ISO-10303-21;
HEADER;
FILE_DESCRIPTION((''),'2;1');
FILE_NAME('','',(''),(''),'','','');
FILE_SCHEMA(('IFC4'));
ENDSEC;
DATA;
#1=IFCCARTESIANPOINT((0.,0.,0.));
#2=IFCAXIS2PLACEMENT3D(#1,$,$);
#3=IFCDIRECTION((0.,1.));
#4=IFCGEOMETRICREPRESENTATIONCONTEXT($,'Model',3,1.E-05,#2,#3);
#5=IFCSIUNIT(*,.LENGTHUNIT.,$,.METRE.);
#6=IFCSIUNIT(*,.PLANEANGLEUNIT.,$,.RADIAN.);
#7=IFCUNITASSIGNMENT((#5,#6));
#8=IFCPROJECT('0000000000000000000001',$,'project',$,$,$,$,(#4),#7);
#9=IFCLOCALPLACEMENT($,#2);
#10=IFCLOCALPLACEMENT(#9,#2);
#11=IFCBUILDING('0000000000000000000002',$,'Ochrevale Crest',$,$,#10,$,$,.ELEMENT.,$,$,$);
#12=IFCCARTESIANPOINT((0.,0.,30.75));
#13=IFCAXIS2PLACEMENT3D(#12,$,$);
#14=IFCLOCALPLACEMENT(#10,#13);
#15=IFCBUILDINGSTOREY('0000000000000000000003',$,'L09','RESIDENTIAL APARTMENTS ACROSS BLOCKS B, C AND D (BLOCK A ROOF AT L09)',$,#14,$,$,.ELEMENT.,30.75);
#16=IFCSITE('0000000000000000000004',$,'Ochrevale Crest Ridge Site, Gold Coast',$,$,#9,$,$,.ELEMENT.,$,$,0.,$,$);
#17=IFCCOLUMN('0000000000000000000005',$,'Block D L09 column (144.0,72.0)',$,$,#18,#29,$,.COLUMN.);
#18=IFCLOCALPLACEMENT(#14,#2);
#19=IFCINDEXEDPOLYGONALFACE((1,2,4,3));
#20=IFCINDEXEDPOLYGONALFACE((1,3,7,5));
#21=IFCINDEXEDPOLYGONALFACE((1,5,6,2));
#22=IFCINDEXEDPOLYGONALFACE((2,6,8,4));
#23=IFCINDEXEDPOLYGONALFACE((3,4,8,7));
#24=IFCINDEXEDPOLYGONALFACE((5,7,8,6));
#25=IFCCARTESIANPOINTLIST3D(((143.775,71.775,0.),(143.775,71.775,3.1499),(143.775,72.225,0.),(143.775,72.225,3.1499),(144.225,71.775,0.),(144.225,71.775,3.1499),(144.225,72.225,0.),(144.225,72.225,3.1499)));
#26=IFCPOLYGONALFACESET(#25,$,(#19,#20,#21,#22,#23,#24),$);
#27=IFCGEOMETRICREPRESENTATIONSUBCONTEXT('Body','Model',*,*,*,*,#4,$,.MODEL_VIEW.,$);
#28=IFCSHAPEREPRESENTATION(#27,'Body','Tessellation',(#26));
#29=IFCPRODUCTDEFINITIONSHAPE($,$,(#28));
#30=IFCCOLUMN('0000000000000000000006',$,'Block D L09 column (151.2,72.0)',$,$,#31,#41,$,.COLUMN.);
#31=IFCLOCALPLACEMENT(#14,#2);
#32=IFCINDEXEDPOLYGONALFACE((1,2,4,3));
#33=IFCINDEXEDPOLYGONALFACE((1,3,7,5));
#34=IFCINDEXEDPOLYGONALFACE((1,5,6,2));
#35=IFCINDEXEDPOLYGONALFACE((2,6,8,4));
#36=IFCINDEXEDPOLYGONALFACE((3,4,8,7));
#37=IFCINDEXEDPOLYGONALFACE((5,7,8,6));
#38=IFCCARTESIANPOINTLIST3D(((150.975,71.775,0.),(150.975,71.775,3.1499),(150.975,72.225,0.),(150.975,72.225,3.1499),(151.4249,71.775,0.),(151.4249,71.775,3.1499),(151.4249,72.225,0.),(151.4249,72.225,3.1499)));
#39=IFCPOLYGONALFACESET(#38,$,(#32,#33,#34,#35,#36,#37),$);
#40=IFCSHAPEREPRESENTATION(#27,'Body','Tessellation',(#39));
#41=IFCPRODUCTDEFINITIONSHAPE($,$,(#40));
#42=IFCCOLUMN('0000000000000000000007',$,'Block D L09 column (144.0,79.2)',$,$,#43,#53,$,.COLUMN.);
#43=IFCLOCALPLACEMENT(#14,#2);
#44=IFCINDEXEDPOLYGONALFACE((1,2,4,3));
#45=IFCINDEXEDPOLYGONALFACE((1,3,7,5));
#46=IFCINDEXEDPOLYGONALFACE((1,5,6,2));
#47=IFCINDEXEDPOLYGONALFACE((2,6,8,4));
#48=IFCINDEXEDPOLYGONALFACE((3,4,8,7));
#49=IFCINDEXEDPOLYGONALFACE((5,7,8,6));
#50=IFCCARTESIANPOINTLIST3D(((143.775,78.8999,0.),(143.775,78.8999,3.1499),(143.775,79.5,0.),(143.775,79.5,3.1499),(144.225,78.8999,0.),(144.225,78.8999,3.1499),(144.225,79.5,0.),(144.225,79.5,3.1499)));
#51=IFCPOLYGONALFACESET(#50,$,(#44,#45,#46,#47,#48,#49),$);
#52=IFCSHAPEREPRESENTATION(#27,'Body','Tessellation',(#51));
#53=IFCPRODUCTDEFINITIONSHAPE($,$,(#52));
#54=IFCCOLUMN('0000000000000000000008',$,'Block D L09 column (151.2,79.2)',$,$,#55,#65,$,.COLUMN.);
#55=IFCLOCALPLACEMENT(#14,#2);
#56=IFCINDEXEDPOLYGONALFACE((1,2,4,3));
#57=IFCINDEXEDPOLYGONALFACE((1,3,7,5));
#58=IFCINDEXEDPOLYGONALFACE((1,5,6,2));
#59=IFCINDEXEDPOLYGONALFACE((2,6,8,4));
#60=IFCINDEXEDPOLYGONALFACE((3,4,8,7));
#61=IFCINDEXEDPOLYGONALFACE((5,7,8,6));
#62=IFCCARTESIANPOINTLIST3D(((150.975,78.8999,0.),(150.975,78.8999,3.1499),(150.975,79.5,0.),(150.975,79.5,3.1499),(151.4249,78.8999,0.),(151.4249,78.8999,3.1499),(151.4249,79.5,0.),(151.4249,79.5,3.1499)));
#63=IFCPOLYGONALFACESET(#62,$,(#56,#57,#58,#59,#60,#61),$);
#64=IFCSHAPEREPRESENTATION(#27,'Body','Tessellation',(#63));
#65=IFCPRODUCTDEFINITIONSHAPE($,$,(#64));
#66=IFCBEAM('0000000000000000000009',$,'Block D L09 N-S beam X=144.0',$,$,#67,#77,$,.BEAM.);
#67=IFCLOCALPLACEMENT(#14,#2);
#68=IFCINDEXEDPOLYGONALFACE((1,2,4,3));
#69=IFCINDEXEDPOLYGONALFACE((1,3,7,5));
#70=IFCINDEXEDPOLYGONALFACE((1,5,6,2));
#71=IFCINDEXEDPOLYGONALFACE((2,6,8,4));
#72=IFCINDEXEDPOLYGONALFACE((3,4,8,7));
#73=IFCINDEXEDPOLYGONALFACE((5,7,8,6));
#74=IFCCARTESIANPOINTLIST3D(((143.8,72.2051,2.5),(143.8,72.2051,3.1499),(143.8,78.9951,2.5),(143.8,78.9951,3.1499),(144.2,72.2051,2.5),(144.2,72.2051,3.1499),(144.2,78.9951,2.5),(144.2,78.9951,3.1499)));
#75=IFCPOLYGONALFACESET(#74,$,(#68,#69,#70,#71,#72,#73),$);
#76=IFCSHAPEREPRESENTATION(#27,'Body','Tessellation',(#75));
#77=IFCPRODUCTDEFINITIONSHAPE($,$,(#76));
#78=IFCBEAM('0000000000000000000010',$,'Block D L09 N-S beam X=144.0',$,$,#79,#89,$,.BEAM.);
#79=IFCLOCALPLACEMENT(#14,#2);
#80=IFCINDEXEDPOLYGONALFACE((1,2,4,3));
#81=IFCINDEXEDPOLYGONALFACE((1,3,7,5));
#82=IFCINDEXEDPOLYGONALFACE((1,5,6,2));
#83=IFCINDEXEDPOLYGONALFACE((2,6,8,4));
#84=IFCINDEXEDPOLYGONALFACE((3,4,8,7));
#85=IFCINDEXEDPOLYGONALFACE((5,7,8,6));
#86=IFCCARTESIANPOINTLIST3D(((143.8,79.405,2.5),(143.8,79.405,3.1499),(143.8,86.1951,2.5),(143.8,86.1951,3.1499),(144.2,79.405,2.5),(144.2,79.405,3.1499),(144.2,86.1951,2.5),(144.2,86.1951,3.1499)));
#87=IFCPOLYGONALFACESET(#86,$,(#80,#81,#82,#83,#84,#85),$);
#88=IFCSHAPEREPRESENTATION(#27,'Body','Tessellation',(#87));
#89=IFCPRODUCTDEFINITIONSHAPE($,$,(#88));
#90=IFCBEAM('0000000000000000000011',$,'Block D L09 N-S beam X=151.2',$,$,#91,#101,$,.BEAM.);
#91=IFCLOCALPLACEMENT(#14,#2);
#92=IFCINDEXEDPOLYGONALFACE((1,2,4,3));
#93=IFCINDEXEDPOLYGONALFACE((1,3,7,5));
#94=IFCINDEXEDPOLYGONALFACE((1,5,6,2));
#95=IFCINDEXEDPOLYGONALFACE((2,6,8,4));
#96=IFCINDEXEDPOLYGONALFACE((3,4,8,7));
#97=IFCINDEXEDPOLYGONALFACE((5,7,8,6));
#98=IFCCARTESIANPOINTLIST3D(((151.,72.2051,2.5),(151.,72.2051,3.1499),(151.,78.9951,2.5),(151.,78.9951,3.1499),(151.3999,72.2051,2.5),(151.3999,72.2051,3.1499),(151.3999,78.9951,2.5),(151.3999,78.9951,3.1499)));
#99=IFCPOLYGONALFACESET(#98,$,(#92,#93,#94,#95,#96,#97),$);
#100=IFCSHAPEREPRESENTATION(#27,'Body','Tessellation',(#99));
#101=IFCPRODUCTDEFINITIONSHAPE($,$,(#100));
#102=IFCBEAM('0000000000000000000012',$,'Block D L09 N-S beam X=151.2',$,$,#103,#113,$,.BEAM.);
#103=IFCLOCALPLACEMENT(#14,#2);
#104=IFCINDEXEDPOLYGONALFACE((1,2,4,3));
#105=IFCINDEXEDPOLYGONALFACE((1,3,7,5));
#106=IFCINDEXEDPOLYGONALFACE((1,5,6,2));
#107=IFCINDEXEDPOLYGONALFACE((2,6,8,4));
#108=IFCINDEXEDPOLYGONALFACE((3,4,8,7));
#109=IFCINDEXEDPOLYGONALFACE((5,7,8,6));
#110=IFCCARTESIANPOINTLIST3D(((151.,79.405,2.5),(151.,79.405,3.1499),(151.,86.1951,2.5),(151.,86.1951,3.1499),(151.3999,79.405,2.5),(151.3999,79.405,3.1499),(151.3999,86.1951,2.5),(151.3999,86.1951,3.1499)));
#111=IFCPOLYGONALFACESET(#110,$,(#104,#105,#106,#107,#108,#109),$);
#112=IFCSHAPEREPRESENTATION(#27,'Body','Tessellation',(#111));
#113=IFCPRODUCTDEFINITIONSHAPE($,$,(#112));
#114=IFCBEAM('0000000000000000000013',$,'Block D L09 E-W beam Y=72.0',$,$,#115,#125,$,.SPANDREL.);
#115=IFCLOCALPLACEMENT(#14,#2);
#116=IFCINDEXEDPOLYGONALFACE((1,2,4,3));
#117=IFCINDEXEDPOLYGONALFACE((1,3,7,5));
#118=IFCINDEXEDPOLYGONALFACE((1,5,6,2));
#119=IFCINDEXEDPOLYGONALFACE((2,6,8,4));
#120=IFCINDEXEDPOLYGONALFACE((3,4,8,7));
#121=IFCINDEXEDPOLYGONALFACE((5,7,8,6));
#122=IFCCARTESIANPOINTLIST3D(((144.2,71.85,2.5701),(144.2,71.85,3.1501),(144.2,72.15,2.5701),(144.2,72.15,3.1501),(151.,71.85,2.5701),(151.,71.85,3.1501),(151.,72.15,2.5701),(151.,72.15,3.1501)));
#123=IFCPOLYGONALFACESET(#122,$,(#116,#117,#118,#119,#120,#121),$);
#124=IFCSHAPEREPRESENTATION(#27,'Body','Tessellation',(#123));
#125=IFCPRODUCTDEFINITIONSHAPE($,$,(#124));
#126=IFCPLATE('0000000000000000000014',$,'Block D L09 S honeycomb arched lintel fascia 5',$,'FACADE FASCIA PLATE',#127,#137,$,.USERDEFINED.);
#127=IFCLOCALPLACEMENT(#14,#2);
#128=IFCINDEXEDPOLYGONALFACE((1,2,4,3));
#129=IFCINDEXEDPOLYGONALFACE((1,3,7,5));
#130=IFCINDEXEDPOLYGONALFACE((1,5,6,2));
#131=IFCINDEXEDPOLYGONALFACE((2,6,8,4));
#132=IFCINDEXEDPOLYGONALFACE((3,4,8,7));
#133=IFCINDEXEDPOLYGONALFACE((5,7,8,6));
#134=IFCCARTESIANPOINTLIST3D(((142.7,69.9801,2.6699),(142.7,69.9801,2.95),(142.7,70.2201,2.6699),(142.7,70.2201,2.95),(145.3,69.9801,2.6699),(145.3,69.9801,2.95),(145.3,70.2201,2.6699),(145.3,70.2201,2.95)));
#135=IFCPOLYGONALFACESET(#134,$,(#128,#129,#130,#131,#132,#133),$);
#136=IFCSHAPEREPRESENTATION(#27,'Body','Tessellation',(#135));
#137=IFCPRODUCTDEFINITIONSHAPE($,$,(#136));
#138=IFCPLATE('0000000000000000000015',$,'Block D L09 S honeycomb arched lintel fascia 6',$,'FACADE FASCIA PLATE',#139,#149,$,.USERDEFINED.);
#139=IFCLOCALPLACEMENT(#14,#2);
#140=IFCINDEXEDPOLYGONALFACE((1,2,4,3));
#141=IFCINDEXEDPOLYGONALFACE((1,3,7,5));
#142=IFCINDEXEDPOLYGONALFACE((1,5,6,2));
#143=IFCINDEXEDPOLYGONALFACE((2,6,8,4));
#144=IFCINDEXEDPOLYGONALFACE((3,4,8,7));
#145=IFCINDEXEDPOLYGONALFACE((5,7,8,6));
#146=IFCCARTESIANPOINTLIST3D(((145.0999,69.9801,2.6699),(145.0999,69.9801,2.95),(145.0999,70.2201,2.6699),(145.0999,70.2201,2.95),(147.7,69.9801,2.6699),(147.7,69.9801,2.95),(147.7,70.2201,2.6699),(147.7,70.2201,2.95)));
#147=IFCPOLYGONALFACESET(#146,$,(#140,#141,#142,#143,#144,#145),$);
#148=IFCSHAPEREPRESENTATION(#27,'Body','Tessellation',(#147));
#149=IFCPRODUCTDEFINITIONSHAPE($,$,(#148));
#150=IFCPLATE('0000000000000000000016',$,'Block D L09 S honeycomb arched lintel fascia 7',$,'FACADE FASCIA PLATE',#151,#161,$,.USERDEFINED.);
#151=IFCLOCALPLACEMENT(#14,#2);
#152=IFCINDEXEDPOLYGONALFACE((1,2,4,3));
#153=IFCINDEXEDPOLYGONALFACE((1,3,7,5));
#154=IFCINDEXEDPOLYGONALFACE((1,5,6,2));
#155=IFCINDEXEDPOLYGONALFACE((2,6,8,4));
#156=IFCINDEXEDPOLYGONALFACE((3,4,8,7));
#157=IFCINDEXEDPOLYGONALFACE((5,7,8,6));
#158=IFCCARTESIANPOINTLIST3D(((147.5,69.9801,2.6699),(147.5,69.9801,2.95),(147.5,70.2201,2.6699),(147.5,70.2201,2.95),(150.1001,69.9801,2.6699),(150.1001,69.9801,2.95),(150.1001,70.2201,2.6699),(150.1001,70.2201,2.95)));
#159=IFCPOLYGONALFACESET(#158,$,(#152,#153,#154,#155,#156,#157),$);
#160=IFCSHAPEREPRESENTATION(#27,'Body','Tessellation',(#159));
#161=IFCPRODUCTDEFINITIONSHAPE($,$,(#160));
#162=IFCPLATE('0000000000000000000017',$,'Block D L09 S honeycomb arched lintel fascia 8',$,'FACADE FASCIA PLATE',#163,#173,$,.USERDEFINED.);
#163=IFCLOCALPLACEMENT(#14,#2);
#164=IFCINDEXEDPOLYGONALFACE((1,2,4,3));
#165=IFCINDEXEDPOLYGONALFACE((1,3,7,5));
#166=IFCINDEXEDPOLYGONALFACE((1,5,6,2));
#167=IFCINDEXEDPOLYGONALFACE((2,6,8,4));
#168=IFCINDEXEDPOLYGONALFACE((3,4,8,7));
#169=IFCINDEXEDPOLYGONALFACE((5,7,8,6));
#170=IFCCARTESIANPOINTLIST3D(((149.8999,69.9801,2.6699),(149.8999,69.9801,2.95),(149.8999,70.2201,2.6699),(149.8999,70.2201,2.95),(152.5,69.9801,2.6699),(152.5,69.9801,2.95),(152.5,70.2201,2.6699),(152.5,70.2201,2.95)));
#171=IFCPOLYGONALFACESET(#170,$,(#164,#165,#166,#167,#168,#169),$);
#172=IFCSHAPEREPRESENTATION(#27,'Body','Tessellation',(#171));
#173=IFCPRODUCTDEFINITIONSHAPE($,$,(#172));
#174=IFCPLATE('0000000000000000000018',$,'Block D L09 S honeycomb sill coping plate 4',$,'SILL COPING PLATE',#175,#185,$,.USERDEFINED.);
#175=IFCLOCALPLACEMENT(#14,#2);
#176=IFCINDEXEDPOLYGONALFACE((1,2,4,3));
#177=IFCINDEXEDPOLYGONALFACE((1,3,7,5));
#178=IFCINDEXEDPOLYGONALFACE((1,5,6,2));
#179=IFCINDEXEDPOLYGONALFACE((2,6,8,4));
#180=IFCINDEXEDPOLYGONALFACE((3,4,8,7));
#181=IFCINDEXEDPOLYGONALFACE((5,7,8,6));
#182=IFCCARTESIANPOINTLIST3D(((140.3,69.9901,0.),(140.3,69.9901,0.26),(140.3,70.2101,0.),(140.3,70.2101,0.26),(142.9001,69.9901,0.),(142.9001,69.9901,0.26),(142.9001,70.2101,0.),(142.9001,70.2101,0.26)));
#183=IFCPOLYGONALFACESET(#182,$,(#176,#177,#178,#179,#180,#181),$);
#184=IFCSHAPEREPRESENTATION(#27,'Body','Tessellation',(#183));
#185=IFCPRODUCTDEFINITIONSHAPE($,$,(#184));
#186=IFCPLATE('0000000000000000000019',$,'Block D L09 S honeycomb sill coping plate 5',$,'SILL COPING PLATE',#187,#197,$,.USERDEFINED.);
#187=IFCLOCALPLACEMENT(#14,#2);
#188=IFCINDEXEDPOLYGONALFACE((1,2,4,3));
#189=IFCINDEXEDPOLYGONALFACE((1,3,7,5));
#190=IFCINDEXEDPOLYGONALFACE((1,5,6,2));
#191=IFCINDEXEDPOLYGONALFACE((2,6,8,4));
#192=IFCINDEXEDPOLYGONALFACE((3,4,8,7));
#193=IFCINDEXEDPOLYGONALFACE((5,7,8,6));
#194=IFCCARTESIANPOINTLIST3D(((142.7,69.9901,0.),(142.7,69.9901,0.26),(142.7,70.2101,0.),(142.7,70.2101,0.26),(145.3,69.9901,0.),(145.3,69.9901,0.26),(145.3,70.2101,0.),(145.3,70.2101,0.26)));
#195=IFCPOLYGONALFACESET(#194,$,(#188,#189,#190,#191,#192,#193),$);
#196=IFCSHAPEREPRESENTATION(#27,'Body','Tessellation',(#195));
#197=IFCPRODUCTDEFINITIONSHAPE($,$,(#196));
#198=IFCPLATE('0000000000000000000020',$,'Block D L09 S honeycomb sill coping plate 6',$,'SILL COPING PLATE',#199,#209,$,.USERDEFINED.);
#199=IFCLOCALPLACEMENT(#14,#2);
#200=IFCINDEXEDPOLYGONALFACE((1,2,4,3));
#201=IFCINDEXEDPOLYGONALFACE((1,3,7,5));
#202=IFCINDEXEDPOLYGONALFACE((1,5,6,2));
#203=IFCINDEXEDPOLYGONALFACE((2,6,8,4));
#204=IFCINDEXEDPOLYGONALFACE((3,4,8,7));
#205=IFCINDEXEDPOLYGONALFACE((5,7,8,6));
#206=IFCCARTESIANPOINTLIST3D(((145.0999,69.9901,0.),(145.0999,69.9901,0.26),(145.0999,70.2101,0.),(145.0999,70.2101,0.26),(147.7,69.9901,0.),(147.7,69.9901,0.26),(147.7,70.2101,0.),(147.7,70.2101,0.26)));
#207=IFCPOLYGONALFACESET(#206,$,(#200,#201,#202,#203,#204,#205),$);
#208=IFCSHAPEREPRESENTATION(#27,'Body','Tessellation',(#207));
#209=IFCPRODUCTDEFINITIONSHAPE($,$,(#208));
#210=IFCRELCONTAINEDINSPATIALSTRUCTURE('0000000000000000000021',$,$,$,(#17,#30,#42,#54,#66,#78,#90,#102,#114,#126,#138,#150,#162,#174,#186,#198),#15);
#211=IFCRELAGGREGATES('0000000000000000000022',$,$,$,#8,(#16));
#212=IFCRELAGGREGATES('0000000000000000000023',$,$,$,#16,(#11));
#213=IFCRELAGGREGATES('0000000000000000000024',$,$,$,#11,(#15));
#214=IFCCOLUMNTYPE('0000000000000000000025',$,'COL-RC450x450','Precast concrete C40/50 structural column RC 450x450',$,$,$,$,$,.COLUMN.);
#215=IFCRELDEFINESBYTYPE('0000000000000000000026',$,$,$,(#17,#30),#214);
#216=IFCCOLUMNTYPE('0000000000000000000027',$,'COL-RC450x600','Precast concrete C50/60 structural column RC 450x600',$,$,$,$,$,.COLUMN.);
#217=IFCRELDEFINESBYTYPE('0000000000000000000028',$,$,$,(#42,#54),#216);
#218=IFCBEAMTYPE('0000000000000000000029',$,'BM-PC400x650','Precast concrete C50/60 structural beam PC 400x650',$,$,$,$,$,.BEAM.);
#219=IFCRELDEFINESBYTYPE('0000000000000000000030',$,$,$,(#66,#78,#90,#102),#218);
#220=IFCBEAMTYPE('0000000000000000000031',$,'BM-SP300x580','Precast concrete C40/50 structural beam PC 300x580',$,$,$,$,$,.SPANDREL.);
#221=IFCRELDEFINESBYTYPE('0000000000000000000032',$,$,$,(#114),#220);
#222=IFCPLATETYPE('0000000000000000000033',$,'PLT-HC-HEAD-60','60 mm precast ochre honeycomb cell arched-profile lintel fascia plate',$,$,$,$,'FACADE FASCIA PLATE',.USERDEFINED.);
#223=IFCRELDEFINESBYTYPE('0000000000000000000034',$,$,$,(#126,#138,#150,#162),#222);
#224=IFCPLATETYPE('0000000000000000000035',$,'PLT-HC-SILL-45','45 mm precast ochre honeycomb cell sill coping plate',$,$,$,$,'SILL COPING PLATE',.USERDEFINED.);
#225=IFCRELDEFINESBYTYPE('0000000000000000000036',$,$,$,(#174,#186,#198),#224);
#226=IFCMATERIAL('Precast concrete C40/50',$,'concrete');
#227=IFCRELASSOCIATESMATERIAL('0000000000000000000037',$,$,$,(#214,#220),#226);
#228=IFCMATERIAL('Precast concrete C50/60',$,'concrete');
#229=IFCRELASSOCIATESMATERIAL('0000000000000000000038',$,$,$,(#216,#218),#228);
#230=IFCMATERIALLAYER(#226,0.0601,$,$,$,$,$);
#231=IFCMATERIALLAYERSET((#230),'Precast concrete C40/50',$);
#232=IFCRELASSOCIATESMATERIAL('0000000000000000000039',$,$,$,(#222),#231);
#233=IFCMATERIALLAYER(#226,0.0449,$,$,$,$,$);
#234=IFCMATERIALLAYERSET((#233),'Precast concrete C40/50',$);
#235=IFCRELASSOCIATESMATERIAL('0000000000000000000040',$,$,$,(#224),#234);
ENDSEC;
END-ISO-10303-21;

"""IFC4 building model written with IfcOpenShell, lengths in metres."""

from ifc_helpers import new_model, si_unit, direction, frame, origin, origin_2d, place, context, subcontext, project, spatial, rectangle, extrude, material, layer, layer_set, material_profile, profile_set, type_object, element, save


model = new_model("IFC4")

# Units and contexts
model_context = context("Model", 3, precision=1e-05, world=origin(), true_north=direction((0.0, 1.0)))
body_context = subcontext(model_context, "Body", "Model", "MODEL_VIEW")
ifc_project = project(units=[si_unit("LENGTHUNIT", "METRE"), si_unit("PLANEANGLEUNIT", "RADIAN")], contexts=[model_context])

# Site, building, storey
site_placement = place(None, origin())
site = spatial("IfcSite", under=ifc_project, at=site_placement, Name="Ochrevale Crest Ridge Site, Gold Coast", CompositionType="ELEMENT", RefElevation=0.0)
building_placement = place(site_placement, origin())
building = spatial("IfcBuilding", under=site, at=building_placement, Name="Ochrevale Crest", CompositionType="ELEMENT")
storey_placement = place(building_placement, frame((0.0, 0.0, 30.75)))
storey = spatial("IfcBuildingStorey", under=building, at=storey_placement, Name="L09", Description="RESIDENTIAL APARTMENTS ACROSS BLOCKS B, C AND D (BLOCK A ROOF AT L09)", CompositionType="ELEMENT", Elevation=30.75)

# Columns
ifc_material_1 = material(Name="Precast concrete C40/50", Category="concrete")
ifc_material_profile_1 = material_profile(ifc_material_1, rectangle(XDim=0.45, YDim=0.45, at=origin_2d()), Name="RC 450x450")
ifc_profile_set_1 = profile_set([ifc_material_profile_1], Name="Precast concrete C40/50")
column_type_1 = type_object("IfcColumnType", Name="COL-RC450x450", Description="Precast concrete C40/50 structural column RC 450x450", PredefinedType="COLUMN", material=ifc_profile_set_1)
for number, where, z_axis, x_axis, name in (
    (1, (144.0, 72.0, 0.0), (0.0, 0.0, 1.0), (1.0, 0.0, 0.0), "Block D L09 column (144.0,72.0)"),
    (2, (151.2, 72.0, 0.0), (0.0, 0.0, 1.0), (1.0, 0.0, 0.0), "Block D L09 column (151.2,72.0)"),
):
    element("IfcColumn", number, at=place(storey_placement, frame(where, z_axis=z_axis, x_axis=x_axis)), inside=storey, type_object=column_type_1, Name=name, PredefinedType="COLUMN", context=body_context, shape_type="SweptSolid", body=[
        extrude(rectangle(XDim=0.45, YDim=0.45, at=origin_2d()), origin(), (0.0, 0.0, 1.0), 3.1499),
    ])
ifc_material_2 = material(Name="Precast concrete C50/60", Category="concrete")
ifc_material_profile_2 = material_profile(ifc_material_2, rectangle(XDim=0.45, YDim=0.6001, at=origin_2d()), Name="RC 450x600")
ifc_profile_set_2 = profile_set([ifc_material_profile_2], Name="Precast concrete C50/60")
column_type_2 = type_object("IfcColumnType", Name="COL-RC450x600", Description="Precast concrete C50/60 structural column RC 450x600", PredefinedType="COLUMN", material=ifc_profile_set_2)
for number, where, z_axis, x_axis, name in (
    (3, (144.0, 79.2, 0.0), (0.0, 0.0, 1.0), (1.0, 0.0, 0.0), "Block D L09 column (144.0,79.2)"),
    (4, (151.2, 79.2, 0.0), (0.0, 0.0, 1.0), (1.0, 0.0, 0.0), "Block D L09 column (151.2,79.2)"),
):
    element("IfcColumn", number, at=place(storey_placement, frame(where, z_axis=z_axis, x_axis=x_axis)), inside=storey, type_object=column_type_2, Name=name, PredefinedType="COLUMN", context=body_context, shape_type="SweptSolid", body=[
        extrude(rectangle(XDim=0.45, YDim=0.6001, at=origin_2d()), origin(), (0.0, 0.0, 1.0), 3.1499),
    ])

# Beams
ifc_material_profile_3 = material_profile(ifc_material_2, rectangle(XDim=0.3999, YDim=0.6499, at=origin_2d()), Name="PC 400x650")
ifc_profile_set_3 = profile_set([ifc_material_profile_3], Name="Precast concrete C50/60")
beam_type_1 = type_object("IfcBeamType", Name="BM-PC400x650", Description="Precast concrete C50/60 structural beam PC 400x650", PredefinedType="BEAM", material=ifc_profile_set_3)
for number, where, z_axis, x_axis, name in (
    (5, (144.0, 72.2051, 2.825), (0.0, 1.0, 0.0), (-1.0, 0.0, 0.0), "Block D L09 N-S beam X=144.0"),
    (6, (144.0, 79.405, 2.825), (0.0, 1.0, 0.0), (-1.0, 0.0, 0.0), "Block D L09 N-S beam X=144.0"),
    (7, (151.2, 72.2051, 2.825), (0.0, 1.0, 0.0), (-1.0, 0.0, 0.0), "Block D L09 N-S beam X=151.2"),
    (8, (151.2, 79.405, 2.825), (0.0, 1.0, 0.0), (-1.0, 0.0, 0.0), "Block D L09 N-S beam X=151.2"),
):
    element("IfcBeam", number, at=place(storey_placement, frame(where, z_axis=z_axis, x_axis=x_axis)), inside=storey, type_object=beam_type_1, Name=name, PredefinedType="BEAM", context=body_context, shape_type="SweptSolid", body=[
        extrude(rectangle(XDim=0.3999, YDim=0.6499, at=origin_2d()), origin(), (0.0, 0.0, 1.0), 6.79),
    ])
ifc_material_profile_4 = material_profile(ifc_material_1, rectangle(XDim=0.3, YDim=0.5801, at=origin_2d()), Name="PC 300x580")
ifc_profile_set_4 = profile_set([ifc_material_profile_4], Name="Precast concrete C40/50")
beam_type_2 = type_object("IfcBeamType", Name="BM-SP300x580", Description="Precast concrete C40/50 structural beam PC 300x580", PredefinedType="SPANDREL", material=ifc_profile_set_4)
beam_placement = place(storey_placement, frame((144.2, 72.0, 2.8601), z_axis=(1.0, 0.0, 0.0), x_axis=(0.0, 1.0, 0.0)))
element("IfcBeam", 9, at=beam_placement, inside=storey, type_object=beam_type_2, Name="Block D L09 E-W beam Y=72.0", PredefinedType="SPANDREL", context=body_context, shape_type="SweptSolid", body=[
    extrude(rectangle(XDim=0.3, YDim=0.5801, at=origin_2d()), origin(), (0.0, 0.0, 1.0), 6.8),
])

# Plates
ifc_layer_1 = layer(ifc_material_1, 0.0601)
ifc_layer_set_1 = layer_set([ifc_layer_1], Name="Precast concrete C40/50")
plate_type_1 = type_object("IfcPlateType", Name="PLT-HC-HEAD-60", Description="60 mm precast ochre honeycomb cell arched-profile lintel fascia plate", ElementType="FACADE FASCIA PLATE", PredefinedType="USERDEFINED", material=ifc_layer_set_1)
for number, where, z_axis, x_axis, name in (
    (10, (144.0, 70.1001, 2.6699), (0.0, 0.0, 1.0), (1.0, 0.0, 0.0), "Block D L09 S honeycomb arched lintel fascia 5"),
    (11, (146.3999, 70.1001, 2.6699), (0.0, 0.0, 1.0), (1.0, 0.0, 0.0), "Block D L09 S honeycomb arched lintel fascia 6"),
    (12, (148.8, 70.1001, 2.6699), (0.0, 0.0, 1.0), (1.0, 0.0, 0.0), "Block D L09 S honeycomb arched lintel fascia 7"),
    (13, (151.2, 70.1001, 2.6699), (0.0, 0.0, 1.0), (1.0, 0.0, 0.0), "Block D L09 S honeycomb arched lintel fascia 8"),
):
    element("IfcPlate", number, at=place(storey_placement, frame(where, z_axis=z_axis, x_axis=x_axis)), inside=storey, type_object=plate_type_1, Name=name, ObjectType="FACADE FASCIA PLATE", PredefinedType="USERDEFINED", context=body_context, shape_type="SweptSolid", body=[
        extrude(rectangle(XDim=2.6001, YDim=0.24, at=origin_2d()), origin(), (0.0, 0.0, 1.0), 0.28),
    ])
ifc_layer_2 = layer(ifc_material_1, 0.0449)
ifc_layer_set_2 = layer_set([ifc_layer_2], Name="Precast concrete C40/50")
plate_type_2 = type_object("IfcPlateType", Name="PLT-HC-SILL-45", Description="45 mm precast ochre honeycomb cell sill coping plate", ElementType="SILL COPING PLATE", PredefinedType="USERDEFINED", material=ifc_layer_set_2)
for number, where, z_axis, x_axis, name in (
    (14, (141.6001, 70.1001, 0.0), (0.0, 0.0, 1.0), (1.0, 0.0, 0.0), "Block D L09 S honeycomb sill coping plate 4"),
    (15, (144.0, 70.1001, 0.0), (0.0, 0.0, 1.0), (1.0, 0.0, 0.0), "Block D L09 S honeycomb sill coping plate 5"),
    (16, (146.3999, 70.1001, 0.0), (0.0, 0.0, 1.0), (1.0, 0.0, 0.0), "Block D L09 S honeycomb sill coping plate 6"),
):
    element("IfcPlate", number, at=place(storey_placement, frame(where, z_axis=z_axis, x_axis=x_axis)), inside=storey, type_object=plate_type_2, Name=name, ObjectType="SILL COPING PLATE", PredefinedType="USERDEFINED", context=body_context, shape_type="SweptSolid", body=[
        extrude(rectangle(XDim=2.6001, YDim=0.22, at=origin_2d()), origin(), (0.0, 0.0, 1.0), 0.26),
    ])

save(model, "model.ifc")
